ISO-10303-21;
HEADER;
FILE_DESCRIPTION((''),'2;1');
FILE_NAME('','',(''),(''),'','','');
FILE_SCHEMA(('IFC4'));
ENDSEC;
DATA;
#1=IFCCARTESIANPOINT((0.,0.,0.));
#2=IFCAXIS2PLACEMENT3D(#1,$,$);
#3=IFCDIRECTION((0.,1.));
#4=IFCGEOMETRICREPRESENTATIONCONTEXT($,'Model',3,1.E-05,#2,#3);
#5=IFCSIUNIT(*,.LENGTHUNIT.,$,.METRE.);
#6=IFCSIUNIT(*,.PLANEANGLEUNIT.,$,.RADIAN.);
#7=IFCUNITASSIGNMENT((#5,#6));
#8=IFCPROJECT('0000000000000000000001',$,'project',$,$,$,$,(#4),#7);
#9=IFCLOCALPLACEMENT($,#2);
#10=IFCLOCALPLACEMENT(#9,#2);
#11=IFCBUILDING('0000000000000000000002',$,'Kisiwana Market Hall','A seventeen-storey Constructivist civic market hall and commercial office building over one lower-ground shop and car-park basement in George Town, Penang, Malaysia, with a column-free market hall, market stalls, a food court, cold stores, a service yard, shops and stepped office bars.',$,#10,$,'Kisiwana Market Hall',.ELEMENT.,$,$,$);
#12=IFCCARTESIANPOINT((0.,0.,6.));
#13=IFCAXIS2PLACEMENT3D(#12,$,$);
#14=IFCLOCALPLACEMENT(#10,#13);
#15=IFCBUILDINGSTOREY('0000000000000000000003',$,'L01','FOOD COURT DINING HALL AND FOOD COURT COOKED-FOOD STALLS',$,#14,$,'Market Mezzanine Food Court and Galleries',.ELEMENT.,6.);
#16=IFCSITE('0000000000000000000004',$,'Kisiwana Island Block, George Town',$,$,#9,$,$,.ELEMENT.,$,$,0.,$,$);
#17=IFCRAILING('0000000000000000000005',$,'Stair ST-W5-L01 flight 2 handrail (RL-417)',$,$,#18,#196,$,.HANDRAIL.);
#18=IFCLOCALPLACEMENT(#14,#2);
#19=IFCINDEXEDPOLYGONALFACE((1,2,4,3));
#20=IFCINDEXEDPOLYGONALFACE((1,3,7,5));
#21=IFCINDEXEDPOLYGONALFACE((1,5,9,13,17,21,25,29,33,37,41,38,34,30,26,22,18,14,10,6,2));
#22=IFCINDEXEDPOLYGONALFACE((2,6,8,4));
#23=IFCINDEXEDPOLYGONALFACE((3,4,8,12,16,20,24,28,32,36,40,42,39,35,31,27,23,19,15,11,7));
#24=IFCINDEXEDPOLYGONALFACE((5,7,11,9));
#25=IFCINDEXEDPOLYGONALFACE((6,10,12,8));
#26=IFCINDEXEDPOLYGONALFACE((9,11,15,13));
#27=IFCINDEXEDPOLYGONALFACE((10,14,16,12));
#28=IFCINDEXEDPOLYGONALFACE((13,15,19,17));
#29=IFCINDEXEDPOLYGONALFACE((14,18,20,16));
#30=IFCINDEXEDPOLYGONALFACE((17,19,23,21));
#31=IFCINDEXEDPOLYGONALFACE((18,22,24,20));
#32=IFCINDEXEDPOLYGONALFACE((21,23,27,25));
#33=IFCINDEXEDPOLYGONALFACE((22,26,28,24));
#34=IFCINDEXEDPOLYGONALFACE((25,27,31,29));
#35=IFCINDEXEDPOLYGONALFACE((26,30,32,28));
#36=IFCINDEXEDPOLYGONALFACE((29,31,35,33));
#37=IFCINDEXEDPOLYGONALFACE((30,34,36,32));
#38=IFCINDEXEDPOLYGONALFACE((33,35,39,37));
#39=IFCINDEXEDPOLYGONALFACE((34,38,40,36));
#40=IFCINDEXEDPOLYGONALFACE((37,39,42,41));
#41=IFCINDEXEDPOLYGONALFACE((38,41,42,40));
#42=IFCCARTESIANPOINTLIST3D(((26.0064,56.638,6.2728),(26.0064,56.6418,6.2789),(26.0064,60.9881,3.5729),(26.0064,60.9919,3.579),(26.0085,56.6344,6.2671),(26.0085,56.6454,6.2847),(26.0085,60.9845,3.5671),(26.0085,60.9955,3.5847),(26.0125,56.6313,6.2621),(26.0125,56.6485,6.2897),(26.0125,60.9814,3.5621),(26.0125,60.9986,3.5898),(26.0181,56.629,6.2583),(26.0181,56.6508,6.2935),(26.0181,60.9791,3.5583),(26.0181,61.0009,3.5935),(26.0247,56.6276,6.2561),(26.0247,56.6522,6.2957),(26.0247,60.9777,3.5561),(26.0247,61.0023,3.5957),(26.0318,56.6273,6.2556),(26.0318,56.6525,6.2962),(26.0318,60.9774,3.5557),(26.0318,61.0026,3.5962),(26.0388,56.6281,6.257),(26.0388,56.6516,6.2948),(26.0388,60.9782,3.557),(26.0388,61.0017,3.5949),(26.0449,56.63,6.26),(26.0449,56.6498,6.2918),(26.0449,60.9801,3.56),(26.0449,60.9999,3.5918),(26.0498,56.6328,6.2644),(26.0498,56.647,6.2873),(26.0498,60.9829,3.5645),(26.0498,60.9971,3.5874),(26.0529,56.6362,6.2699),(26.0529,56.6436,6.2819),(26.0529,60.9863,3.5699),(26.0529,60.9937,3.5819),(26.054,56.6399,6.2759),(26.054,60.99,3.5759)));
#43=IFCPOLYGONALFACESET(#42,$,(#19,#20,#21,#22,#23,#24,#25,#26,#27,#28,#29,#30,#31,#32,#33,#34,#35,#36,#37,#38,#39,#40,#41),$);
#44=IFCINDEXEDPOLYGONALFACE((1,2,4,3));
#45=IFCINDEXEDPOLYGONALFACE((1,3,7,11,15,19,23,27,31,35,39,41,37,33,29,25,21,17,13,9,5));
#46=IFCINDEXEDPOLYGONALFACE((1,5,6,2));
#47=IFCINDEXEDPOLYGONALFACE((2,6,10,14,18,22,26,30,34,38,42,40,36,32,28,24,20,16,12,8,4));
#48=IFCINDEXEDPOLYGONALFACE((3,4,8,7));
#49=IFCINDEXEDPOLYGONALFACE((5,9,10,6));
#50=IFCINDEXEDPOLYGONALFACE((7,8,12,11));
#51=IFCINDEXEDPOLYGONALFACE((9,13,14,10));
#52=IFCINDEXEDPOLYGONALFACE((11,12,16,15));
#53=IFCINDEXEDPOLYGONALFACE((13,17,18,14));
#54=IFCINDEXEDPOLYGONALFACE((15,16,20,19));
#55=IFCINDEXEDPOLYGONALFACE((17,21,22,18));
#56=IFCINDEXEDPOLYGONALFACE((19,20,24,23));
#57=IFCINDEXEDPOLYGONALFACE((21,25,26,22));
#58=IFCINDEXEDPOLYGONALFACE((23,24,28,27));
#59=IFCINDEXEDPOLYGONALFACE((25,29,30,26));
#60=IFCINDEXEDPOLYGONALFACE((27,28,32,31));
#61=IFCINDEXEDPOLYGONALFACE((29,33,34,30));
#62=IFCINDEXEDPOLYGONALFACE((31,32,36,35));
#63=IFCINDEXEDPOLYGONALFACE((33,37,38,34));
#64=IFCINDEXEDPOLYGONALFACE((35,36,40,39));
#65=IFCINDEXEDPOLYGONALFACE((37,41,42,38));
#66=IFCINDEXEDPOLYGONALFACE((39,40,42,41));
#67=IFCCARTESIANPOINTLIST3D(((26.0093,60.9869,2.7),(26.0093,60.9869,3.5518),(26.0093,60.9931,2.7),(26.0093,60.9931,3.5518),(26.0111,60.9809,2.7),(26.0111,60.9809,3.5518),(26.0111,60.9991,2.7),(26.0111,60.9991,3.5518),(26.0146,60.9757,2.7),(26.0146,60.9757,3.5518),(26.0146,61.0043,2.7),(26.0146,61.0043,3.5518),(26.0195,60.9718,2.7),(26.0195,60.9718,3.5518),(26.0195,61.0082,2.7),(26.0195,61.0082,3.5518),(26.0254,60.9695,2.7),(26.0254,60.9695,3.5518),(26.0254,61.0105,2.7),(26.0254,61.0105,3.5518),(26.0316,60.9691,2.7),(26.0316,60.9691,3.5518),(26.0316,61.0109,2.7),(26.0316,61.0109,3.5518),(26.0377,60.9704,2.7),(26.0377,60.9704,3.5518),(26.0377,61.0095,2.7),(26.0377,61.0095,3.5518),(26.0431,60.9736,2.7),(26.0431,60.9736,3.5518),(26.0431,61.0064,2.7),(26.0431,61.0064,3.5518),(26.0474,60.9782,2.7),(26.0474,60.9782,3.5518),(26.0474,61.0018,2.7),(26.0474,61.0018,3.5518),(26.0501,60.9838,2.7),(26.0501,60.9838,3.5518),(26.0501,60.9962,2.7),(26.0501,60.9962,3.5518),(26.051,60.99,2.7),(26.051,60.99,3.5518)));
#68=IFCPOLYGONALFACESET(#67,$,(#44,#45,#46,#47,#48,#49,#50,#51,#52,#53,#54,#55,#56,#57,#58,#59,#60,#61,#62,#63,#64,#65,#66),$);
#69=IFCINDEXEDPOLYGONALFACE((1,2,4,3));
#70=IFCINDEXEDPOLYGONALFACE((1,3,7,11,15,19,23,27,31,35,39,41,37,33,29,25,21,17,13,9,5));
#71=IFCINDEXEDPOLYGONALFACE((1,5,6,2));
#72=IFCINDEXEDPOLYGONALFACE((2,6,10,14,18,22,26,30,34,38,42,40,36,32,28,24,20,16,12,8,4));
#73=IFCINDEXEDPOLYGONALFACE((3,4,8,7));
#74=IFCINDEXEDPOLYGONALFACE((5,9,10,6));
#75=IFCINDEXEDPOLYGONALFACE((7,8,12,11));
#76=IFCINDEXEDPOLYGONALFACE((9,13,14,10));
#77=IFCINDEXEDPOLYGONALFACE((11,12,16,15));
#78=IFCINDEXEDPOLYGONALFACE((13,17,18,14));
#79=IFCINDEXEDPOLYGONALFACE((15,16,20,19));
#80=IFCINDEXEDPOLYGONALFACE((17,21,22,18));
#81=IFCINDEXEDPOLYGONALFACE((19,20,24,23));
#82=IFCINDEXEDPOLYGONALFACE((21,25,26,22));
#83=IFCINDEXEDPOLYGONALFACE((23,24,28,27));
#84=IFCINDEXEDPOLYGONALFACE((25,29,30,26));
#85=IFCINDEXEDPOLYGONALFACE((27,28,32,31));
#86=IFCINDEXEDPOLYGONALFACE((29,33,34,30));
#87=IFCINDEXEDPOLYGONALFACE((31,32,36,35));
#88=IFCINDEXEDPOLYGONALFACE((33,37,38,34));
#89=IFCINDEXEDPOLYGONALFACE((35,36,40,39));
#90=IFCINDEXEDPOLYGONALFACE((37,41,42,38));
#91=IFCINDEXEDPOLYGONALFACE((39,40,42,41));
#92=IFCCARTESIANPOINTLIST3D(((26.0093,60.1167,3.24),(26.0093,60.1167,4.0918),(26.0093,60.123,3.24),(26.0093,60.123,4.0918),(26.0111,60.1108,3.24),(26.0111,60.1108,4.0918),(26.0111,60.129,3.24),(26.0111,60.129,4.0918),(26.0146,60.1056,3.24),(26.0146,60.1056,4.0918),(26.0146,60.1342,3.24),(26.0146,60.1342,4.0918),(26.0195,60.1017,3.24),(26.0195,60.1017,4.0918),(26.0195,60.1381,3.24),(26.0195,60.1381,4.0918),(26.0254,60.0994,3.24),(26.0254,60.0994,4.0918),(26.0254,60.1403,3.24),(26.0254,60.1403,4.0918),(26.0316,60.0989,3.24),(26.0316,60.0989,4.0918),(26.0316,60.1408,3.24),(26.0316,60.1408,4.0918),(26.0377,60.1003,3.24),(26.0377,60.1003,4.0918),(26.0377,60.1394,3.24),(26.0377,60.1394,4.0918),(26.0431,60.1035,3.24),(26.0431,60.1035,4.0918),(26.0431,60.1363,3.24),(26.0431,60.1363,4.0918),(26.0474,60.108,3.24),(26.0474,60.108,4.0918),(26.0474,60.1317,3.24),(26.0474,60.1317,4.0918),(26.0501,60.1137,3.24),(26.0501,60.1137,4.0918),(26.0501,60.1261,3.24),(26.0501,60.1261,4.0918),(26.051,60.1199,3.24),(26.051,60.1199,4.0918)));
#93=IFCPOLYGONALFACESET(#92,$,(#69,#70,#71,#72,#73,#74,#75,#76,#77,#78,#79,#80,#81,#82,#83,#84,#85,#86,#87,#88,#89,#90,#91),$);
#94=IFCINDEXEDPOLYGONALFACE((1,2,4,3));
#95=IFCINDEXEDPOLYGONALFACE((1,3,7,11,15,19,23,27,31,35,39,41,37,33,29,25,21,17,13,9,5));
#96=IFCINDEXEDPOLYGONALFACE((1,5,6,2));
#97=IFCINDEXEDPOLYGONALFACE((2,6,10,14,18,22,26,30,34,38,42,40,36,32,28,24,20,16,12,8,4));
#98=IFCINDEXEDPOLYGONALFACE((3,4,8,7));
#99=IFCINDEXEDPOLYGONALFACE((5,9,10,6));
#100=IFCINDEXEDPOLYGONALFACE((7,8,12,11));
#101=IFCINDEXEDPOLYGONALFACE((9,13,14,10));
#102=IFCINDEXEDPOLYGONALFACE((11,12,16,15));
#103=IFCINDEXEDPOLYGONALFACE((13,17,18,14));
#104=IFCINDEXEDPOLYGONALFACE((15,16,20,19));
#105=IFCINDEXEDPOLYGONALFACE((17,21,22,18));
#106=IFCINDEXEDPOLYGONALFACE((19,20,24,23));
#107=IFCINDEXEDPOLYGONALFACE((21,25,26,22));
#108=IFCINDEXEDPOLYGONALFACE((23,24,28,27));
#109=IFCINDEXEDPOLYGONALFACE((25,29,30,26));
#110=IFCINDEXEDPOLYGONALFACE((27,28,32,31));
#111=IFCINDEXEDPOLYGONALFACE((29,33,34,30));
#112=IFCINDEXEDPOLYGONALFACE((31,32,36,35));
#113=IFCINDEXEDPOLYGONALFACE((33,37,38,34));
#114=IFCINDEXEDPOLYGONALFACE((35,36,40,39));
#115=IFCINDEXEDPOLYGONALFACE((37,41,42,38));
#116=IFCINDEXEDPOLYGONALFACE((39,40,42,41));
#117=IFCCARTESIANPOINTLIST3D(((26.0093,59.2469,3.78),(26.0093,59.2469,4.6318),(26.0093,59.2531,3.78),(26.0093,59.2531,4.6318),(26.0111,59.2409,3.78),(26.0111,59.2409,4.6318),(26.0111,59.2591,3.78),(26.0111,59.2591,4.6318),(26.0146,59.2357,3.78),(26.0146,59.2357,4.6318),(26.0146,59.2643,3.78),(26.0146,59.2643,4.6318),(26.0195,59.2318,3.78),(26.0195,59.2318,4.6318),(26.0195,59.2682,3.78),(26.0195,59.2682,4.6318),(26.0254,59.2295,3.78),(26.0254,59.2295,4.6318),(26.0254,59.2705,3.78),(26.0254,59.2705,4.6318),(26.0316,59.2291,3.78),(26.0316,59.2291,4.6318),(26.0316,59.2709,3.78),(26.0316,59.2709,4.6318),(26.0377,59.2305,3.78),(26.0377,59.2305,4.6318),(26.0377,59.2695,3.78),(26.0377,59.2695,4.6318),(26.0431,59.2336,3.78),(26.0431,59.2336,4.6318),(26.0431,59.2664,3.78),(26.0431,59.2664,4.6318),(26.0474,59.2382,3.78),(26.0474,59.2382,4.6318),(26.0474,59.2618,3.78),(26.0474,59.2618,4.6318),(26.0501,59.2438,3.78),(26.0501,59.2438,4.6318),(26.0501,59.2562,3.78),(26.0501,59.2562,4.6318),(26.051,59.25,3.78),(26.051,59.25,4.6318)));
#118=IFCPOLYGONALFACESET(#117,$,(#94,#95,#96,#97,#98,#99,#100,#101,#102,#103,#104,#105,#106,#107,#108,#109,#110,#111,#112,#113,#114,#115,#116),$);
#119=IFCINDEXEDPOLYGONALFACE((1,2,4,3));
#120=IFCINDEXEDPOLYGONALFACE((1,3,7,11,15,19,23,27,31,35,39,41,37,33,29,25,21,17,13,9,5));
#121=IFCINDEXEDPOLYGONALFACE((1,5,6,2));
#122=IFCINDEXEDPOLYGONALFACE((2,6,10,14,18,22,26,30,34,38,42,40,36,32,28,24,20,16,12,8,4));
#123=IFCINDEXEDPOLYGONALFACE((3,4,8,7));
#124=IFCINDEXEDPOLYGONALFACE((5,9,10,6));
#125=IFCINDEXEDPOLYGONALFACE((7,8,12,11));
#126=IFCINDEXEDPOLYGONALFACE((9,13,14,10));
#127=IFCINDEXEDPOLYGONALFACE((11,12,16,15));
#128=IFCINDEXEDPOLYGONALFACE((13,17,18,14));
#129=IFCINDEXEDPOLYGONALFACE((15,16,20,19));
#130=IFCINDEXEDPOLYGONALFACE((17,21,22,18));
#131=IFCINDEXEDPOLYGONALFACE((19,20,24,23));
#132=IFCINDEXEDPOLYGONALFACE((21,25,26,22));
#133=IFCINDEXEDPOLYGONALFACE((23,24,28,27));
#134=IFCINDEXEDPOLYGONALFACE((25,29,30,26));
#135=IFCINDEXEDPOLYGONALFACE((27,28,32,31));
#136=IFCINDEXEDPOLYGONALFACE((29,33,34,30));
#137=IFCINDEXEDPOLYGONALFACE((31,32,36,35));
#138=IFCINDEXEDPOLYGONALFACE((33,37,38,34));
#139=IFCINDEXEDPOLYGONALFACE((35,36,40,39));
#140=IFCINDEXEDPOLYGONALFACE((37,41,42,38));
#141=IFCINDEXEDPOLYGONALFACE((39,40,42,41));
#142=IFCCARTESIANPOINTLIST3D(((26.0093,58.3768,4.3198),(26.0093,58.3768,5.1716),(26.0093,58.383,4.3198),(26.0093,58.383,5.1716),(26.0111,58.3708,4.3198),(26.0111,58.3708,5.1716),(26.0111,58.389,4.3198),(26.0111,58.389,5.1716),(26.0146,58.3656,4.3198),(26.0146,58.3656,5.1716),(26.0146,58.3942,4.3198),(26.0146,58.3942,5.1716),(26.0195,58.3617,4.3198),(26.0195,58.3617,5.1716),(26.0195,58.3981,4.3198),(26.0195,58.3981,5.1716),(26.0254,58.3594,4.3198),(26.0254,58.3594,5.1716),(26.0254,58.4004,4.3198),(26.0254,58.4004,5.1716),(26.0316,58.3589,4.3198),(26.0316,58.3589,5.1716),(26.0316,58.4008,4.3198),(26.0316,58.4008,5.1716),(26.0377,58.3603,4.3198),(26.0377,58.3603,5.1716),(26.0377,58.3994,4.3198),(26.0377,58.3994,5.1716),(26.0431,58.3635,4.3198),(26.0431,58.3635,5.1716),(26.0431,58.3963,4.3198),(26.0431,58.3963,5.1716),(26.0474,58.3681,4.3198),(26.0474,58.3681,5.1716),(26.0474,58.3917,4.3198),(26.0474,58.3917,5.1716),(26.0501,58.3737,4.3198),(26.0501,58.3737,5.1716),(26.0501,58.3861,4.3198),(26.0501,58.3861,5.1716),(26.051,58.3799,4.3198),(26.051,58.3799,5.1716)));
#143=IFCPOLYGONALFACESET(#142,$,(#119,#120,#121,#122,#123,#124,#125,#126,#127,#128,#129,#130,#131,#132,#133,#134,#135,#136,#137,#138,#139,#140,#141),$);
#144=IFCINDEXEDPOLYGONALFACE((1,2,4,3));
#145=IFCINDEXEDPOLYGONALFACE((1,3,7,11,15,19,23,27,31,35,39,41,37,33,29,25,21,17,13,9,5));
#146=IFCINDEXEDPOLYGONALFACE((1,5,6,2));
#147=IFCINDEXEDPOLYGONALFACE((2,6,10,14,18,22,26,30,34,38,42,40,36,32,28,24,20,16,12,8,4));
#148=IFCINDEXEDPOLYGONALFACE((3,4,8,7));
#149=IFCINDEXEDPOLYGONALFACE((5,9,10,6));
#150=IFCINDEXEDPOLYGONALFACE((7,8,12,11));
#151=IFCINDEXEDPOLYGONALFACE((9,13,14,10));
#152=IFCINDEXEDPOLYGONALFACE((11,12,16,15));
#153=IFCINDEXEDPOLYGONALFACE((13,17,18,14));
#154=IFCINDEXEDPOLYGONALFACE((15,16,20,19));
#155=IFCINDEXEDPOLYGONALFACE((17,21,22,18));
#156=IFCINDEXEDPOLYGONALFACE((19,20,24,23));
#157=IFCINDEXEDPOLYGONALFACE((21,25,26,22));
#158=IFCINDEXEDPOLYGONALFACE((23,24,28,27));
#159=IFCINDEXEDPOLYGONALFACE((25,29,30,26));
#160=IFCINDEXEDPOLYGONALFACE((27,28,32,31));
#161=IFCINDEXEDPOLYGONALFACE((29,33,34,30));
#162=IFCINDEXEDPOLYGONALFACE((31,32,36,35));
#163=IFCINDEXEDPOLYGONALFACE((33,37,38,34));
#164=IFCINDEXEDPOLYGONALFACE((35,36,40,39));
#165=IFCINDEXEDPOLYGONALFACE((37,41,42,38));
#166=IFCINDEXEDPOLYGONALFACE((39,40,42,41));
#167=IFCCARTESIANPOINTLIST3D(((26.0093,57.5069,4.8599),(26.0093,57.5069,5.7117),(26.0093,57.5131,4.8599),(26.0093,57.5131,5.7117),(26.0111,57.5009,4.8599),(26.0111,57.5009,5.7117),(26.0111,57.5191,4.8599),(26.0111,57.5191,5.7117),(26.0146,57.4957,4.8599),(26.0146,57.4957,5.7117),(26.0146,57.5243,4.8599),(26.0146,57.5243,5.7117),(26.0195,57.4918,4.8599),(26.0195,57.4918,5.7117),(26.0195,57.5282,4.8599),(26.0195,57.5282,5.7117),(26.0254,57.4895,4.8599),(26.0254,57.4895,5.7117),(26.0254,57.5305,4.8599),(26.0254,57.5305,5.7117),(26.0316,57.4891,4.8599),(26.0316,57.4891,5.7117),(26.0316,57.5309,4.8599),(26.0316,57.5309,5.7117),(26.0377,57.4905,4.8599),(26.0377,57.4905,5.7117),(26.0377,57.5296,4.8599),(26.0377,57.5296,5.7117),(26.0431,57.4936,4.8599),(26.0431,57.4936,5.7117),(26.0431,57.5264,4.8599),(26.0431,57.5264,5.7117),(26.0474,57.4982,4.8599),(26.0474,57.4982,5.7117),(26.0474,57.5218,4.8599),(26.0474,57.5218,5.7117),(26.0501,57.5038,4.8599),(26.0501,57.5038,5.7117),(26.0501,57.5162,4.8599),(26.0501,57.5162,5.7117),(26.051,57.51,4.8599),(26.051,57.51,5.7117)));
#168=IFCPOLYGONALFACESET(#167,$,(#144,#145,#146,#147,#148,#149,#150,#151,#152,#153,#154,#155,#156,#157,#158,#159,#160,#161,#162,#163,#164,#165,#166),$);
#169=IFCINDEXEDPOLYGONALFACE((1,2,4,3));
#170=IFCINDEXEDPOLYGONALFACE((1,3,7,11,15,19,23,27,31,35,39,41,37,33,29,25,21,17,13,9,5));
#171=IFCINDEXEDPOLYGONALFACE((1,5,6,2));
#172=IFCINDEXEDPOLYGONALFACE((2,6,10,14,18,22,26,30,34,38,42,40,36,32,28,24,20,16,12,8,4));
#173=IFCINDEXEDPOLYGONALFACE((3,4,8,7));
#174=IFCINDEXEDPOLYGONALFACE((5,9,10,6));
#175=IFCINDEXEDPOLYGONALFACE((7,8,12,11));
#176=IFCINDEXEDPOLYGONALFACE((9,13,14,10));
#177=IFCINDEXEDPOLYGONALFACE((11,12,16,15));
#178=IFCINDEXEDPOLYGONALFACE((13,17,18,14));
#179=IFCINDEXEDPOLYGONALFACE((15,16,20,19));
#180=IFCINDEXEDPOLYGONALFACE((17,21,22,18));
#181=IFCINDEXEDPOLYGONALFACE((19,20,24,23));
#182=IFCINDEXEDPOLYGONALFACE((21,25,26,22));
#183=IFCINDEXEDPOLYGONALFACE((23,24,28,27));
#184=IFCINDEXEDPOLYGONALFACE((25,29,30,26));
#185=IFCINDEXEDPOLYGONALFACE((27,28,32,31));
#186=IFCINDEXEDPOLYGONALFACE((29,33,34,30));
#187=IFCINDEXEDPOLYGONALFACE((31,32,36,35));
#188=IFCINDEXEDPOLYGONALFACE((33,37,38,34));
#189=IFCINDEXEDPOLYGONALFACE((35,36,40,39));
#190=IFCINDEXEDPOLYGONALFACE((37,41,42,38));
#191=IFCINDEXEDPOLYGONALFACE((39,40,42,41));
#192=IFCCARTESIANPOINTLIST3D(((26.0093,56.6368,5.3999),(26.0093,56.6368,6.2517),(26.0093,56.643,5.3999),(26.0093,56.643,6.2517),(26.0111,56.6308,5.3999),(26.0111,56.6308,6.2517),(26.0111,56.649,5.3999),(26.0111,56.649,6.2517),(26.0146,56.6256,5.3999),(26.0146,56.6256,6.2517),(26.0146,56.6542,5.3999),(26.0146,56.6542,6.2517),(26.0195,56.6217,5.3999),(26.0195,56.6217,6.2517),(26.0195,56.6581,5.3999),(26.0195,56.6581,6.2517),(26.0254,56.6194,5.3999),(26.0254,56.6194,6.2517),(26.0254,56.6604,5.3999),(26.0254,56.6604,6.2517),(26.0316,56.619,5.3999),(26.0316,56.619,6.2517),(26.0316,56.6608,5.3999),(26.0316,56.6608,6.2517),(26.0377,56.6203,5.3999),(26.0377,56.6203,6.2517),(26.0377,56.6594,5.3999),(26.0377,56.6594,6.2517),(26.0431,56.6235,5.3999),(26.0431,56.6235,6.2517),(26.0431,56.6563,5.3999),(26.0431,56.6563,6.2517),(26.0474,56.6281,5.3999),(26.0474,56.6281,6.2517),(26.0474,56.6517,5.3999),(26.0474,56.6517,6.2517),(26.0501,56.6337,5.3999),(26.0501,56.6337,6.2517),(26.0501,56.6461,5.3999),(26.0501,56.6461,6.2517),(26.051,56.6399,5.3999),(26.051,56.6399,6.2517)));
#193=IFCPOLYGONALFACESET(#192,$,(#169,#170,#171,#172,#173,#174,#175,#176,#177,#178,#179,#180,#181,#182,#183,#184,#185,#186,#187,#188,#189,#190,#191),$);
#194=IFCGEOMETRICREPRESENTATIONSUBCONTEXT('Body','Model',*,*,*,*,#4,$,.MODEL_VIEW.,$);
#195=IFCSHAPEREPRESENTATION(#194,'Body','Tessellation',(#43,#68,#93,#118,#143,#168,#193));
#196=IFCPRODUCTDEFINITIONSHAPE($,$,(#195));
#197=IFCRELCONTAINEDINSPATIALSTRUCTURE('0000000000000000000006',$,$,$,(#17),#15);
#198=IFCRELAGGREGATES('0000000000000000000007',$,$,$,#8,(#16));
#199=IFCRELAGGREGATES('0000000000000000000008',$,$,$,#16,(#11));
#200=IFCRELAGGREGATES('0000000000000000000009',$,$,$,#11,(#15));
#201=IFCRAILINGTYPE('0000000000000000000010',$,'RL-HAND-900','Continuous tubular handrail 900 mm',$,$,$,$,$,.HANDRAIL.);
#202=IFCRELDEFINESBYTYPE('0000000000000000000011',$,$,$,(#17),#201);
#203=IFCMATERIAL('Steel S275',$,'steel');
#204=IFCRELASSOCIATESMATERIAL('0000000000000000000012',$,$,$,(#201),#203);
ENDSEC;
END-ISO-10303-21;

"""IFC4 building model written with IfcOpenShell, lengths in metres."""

from ifc_helpers import new_model, si_unit, direction, frame, origin, origin_2d, place, context, subcontext, project, spatial, circle, extrude, material, type_object, element, save


model = new_model("IFC4")

# Units and contexts
model_context = context("Model", 3, precision=1e-05, world=origin(), true_north=direction((0.0, 1.0)))
body_context = subcontext(model_context, "Body", "Model", "MODEL_VIEW")
ifc_project = project(units=[si_unit("LENGTHUNIT", "METRE"), si_unit("PLANEANGLEUNIT", "RADIAN")], contexts=[model_context])

# Site, building, storey
site_placement = place(None, origin())
site = spatial("IfcSite", under=ifc_project, at=site_placement, Name="Kisiwana Island Block, George Town", CompositionType="ELEMENT", RefElevation=0.0)
building_placement = place(site_placement, origin())
building = spatial("IfcBuilding", under=site, at=building_placement, Name="Kisiwana Market Hall", Description="A seventeen-storey Constructivist civic market hall and commercial office building over one lower-ground shop and car-park basement in George Town, Penang, Malaysia, with a column-free market hall, market stalls, a food court, cold stores, a service yard, shops and stepped office bars.", LongName="Kisiwana Market Hall", CompositionType="ELEMENT")
storey_placement = place(building_placement, frame((0.0, 0.0, 6.0)))
storey = spatial("IfcBuildingStorey", under=building, at=storey_placement, Name="L01", Description="FOOD COURT DINING HALL AND FOOD COURT COOKED-FOOD STALLS", LongName="Market Mezzanine Food Court and Galleries", CompositionType="ELEMENT", Elevation=6.0)

# Railing
ifc_material_1 = material(Name="Steel S275", Category="steel")
railing_type_1 = type_object("IfcRailingType", Name="RL-HAND-900", Description="Continuous tubular handrail 900 mm", PredefinedType="HANDRAIL", material=ifc_material_1)
railing_1_placement = place(storey_placement, frame((26.03, 60.99, 2.7)))
element("IfcRailing", 1, at=railing_1_placement, inside=storey, type_object=railing_type_1, Name="Stair ST-W5-L01 flight 2 handrail (RL-417)", PredefinedType="HANDRAIL", context=body_context, shape_type="SweptSolid", body=[
    extrude(circle(Radius=0.0239, at=origin_2d()), frame((0.0, 0.0, 0.876), z_axis=(0.0, -0.84965, 0.527347), x_axis=(1.0, 0.0, 0.0)), (0.0, 0.0, 1.0), 5.1199),
    extrude(circle(Radius=0.021, at=origin_2d()), origin(), (0.0, 0.0, 1.0), 0.8518),
    extrude(circle(Radius=0.021, at=origin_2d()), frame((0.0, -0.8701, 0.54)), (0.0, 0.0, 1.0), 0.8518),
    extrude(circle(Radius=0.021, at=origin_2d()), frame((0.0, -1.74, 1.0801)), (0.0, 0.0, 1.0), 0.8518),
    extrude(circle(Radius=0.021, at=origin_2d()), frame((0.0, -2.6101, 1.6199)), (0.0, 0.0, 1.0), 0.8518),
    extrude(circle(Radius=0.021, at=origin_2d()), frame((0.0, -3.48, 2.1599)), (0.0, 0.0, 1.0), 0.8518),
    extrude(circle(Radius=0.021, at=origin_2d()), frame((0.0, -4.3501, 2.7)), (0.0, 0.0, 1.0), 0.8518),
])

save(model, "model.ifc")
